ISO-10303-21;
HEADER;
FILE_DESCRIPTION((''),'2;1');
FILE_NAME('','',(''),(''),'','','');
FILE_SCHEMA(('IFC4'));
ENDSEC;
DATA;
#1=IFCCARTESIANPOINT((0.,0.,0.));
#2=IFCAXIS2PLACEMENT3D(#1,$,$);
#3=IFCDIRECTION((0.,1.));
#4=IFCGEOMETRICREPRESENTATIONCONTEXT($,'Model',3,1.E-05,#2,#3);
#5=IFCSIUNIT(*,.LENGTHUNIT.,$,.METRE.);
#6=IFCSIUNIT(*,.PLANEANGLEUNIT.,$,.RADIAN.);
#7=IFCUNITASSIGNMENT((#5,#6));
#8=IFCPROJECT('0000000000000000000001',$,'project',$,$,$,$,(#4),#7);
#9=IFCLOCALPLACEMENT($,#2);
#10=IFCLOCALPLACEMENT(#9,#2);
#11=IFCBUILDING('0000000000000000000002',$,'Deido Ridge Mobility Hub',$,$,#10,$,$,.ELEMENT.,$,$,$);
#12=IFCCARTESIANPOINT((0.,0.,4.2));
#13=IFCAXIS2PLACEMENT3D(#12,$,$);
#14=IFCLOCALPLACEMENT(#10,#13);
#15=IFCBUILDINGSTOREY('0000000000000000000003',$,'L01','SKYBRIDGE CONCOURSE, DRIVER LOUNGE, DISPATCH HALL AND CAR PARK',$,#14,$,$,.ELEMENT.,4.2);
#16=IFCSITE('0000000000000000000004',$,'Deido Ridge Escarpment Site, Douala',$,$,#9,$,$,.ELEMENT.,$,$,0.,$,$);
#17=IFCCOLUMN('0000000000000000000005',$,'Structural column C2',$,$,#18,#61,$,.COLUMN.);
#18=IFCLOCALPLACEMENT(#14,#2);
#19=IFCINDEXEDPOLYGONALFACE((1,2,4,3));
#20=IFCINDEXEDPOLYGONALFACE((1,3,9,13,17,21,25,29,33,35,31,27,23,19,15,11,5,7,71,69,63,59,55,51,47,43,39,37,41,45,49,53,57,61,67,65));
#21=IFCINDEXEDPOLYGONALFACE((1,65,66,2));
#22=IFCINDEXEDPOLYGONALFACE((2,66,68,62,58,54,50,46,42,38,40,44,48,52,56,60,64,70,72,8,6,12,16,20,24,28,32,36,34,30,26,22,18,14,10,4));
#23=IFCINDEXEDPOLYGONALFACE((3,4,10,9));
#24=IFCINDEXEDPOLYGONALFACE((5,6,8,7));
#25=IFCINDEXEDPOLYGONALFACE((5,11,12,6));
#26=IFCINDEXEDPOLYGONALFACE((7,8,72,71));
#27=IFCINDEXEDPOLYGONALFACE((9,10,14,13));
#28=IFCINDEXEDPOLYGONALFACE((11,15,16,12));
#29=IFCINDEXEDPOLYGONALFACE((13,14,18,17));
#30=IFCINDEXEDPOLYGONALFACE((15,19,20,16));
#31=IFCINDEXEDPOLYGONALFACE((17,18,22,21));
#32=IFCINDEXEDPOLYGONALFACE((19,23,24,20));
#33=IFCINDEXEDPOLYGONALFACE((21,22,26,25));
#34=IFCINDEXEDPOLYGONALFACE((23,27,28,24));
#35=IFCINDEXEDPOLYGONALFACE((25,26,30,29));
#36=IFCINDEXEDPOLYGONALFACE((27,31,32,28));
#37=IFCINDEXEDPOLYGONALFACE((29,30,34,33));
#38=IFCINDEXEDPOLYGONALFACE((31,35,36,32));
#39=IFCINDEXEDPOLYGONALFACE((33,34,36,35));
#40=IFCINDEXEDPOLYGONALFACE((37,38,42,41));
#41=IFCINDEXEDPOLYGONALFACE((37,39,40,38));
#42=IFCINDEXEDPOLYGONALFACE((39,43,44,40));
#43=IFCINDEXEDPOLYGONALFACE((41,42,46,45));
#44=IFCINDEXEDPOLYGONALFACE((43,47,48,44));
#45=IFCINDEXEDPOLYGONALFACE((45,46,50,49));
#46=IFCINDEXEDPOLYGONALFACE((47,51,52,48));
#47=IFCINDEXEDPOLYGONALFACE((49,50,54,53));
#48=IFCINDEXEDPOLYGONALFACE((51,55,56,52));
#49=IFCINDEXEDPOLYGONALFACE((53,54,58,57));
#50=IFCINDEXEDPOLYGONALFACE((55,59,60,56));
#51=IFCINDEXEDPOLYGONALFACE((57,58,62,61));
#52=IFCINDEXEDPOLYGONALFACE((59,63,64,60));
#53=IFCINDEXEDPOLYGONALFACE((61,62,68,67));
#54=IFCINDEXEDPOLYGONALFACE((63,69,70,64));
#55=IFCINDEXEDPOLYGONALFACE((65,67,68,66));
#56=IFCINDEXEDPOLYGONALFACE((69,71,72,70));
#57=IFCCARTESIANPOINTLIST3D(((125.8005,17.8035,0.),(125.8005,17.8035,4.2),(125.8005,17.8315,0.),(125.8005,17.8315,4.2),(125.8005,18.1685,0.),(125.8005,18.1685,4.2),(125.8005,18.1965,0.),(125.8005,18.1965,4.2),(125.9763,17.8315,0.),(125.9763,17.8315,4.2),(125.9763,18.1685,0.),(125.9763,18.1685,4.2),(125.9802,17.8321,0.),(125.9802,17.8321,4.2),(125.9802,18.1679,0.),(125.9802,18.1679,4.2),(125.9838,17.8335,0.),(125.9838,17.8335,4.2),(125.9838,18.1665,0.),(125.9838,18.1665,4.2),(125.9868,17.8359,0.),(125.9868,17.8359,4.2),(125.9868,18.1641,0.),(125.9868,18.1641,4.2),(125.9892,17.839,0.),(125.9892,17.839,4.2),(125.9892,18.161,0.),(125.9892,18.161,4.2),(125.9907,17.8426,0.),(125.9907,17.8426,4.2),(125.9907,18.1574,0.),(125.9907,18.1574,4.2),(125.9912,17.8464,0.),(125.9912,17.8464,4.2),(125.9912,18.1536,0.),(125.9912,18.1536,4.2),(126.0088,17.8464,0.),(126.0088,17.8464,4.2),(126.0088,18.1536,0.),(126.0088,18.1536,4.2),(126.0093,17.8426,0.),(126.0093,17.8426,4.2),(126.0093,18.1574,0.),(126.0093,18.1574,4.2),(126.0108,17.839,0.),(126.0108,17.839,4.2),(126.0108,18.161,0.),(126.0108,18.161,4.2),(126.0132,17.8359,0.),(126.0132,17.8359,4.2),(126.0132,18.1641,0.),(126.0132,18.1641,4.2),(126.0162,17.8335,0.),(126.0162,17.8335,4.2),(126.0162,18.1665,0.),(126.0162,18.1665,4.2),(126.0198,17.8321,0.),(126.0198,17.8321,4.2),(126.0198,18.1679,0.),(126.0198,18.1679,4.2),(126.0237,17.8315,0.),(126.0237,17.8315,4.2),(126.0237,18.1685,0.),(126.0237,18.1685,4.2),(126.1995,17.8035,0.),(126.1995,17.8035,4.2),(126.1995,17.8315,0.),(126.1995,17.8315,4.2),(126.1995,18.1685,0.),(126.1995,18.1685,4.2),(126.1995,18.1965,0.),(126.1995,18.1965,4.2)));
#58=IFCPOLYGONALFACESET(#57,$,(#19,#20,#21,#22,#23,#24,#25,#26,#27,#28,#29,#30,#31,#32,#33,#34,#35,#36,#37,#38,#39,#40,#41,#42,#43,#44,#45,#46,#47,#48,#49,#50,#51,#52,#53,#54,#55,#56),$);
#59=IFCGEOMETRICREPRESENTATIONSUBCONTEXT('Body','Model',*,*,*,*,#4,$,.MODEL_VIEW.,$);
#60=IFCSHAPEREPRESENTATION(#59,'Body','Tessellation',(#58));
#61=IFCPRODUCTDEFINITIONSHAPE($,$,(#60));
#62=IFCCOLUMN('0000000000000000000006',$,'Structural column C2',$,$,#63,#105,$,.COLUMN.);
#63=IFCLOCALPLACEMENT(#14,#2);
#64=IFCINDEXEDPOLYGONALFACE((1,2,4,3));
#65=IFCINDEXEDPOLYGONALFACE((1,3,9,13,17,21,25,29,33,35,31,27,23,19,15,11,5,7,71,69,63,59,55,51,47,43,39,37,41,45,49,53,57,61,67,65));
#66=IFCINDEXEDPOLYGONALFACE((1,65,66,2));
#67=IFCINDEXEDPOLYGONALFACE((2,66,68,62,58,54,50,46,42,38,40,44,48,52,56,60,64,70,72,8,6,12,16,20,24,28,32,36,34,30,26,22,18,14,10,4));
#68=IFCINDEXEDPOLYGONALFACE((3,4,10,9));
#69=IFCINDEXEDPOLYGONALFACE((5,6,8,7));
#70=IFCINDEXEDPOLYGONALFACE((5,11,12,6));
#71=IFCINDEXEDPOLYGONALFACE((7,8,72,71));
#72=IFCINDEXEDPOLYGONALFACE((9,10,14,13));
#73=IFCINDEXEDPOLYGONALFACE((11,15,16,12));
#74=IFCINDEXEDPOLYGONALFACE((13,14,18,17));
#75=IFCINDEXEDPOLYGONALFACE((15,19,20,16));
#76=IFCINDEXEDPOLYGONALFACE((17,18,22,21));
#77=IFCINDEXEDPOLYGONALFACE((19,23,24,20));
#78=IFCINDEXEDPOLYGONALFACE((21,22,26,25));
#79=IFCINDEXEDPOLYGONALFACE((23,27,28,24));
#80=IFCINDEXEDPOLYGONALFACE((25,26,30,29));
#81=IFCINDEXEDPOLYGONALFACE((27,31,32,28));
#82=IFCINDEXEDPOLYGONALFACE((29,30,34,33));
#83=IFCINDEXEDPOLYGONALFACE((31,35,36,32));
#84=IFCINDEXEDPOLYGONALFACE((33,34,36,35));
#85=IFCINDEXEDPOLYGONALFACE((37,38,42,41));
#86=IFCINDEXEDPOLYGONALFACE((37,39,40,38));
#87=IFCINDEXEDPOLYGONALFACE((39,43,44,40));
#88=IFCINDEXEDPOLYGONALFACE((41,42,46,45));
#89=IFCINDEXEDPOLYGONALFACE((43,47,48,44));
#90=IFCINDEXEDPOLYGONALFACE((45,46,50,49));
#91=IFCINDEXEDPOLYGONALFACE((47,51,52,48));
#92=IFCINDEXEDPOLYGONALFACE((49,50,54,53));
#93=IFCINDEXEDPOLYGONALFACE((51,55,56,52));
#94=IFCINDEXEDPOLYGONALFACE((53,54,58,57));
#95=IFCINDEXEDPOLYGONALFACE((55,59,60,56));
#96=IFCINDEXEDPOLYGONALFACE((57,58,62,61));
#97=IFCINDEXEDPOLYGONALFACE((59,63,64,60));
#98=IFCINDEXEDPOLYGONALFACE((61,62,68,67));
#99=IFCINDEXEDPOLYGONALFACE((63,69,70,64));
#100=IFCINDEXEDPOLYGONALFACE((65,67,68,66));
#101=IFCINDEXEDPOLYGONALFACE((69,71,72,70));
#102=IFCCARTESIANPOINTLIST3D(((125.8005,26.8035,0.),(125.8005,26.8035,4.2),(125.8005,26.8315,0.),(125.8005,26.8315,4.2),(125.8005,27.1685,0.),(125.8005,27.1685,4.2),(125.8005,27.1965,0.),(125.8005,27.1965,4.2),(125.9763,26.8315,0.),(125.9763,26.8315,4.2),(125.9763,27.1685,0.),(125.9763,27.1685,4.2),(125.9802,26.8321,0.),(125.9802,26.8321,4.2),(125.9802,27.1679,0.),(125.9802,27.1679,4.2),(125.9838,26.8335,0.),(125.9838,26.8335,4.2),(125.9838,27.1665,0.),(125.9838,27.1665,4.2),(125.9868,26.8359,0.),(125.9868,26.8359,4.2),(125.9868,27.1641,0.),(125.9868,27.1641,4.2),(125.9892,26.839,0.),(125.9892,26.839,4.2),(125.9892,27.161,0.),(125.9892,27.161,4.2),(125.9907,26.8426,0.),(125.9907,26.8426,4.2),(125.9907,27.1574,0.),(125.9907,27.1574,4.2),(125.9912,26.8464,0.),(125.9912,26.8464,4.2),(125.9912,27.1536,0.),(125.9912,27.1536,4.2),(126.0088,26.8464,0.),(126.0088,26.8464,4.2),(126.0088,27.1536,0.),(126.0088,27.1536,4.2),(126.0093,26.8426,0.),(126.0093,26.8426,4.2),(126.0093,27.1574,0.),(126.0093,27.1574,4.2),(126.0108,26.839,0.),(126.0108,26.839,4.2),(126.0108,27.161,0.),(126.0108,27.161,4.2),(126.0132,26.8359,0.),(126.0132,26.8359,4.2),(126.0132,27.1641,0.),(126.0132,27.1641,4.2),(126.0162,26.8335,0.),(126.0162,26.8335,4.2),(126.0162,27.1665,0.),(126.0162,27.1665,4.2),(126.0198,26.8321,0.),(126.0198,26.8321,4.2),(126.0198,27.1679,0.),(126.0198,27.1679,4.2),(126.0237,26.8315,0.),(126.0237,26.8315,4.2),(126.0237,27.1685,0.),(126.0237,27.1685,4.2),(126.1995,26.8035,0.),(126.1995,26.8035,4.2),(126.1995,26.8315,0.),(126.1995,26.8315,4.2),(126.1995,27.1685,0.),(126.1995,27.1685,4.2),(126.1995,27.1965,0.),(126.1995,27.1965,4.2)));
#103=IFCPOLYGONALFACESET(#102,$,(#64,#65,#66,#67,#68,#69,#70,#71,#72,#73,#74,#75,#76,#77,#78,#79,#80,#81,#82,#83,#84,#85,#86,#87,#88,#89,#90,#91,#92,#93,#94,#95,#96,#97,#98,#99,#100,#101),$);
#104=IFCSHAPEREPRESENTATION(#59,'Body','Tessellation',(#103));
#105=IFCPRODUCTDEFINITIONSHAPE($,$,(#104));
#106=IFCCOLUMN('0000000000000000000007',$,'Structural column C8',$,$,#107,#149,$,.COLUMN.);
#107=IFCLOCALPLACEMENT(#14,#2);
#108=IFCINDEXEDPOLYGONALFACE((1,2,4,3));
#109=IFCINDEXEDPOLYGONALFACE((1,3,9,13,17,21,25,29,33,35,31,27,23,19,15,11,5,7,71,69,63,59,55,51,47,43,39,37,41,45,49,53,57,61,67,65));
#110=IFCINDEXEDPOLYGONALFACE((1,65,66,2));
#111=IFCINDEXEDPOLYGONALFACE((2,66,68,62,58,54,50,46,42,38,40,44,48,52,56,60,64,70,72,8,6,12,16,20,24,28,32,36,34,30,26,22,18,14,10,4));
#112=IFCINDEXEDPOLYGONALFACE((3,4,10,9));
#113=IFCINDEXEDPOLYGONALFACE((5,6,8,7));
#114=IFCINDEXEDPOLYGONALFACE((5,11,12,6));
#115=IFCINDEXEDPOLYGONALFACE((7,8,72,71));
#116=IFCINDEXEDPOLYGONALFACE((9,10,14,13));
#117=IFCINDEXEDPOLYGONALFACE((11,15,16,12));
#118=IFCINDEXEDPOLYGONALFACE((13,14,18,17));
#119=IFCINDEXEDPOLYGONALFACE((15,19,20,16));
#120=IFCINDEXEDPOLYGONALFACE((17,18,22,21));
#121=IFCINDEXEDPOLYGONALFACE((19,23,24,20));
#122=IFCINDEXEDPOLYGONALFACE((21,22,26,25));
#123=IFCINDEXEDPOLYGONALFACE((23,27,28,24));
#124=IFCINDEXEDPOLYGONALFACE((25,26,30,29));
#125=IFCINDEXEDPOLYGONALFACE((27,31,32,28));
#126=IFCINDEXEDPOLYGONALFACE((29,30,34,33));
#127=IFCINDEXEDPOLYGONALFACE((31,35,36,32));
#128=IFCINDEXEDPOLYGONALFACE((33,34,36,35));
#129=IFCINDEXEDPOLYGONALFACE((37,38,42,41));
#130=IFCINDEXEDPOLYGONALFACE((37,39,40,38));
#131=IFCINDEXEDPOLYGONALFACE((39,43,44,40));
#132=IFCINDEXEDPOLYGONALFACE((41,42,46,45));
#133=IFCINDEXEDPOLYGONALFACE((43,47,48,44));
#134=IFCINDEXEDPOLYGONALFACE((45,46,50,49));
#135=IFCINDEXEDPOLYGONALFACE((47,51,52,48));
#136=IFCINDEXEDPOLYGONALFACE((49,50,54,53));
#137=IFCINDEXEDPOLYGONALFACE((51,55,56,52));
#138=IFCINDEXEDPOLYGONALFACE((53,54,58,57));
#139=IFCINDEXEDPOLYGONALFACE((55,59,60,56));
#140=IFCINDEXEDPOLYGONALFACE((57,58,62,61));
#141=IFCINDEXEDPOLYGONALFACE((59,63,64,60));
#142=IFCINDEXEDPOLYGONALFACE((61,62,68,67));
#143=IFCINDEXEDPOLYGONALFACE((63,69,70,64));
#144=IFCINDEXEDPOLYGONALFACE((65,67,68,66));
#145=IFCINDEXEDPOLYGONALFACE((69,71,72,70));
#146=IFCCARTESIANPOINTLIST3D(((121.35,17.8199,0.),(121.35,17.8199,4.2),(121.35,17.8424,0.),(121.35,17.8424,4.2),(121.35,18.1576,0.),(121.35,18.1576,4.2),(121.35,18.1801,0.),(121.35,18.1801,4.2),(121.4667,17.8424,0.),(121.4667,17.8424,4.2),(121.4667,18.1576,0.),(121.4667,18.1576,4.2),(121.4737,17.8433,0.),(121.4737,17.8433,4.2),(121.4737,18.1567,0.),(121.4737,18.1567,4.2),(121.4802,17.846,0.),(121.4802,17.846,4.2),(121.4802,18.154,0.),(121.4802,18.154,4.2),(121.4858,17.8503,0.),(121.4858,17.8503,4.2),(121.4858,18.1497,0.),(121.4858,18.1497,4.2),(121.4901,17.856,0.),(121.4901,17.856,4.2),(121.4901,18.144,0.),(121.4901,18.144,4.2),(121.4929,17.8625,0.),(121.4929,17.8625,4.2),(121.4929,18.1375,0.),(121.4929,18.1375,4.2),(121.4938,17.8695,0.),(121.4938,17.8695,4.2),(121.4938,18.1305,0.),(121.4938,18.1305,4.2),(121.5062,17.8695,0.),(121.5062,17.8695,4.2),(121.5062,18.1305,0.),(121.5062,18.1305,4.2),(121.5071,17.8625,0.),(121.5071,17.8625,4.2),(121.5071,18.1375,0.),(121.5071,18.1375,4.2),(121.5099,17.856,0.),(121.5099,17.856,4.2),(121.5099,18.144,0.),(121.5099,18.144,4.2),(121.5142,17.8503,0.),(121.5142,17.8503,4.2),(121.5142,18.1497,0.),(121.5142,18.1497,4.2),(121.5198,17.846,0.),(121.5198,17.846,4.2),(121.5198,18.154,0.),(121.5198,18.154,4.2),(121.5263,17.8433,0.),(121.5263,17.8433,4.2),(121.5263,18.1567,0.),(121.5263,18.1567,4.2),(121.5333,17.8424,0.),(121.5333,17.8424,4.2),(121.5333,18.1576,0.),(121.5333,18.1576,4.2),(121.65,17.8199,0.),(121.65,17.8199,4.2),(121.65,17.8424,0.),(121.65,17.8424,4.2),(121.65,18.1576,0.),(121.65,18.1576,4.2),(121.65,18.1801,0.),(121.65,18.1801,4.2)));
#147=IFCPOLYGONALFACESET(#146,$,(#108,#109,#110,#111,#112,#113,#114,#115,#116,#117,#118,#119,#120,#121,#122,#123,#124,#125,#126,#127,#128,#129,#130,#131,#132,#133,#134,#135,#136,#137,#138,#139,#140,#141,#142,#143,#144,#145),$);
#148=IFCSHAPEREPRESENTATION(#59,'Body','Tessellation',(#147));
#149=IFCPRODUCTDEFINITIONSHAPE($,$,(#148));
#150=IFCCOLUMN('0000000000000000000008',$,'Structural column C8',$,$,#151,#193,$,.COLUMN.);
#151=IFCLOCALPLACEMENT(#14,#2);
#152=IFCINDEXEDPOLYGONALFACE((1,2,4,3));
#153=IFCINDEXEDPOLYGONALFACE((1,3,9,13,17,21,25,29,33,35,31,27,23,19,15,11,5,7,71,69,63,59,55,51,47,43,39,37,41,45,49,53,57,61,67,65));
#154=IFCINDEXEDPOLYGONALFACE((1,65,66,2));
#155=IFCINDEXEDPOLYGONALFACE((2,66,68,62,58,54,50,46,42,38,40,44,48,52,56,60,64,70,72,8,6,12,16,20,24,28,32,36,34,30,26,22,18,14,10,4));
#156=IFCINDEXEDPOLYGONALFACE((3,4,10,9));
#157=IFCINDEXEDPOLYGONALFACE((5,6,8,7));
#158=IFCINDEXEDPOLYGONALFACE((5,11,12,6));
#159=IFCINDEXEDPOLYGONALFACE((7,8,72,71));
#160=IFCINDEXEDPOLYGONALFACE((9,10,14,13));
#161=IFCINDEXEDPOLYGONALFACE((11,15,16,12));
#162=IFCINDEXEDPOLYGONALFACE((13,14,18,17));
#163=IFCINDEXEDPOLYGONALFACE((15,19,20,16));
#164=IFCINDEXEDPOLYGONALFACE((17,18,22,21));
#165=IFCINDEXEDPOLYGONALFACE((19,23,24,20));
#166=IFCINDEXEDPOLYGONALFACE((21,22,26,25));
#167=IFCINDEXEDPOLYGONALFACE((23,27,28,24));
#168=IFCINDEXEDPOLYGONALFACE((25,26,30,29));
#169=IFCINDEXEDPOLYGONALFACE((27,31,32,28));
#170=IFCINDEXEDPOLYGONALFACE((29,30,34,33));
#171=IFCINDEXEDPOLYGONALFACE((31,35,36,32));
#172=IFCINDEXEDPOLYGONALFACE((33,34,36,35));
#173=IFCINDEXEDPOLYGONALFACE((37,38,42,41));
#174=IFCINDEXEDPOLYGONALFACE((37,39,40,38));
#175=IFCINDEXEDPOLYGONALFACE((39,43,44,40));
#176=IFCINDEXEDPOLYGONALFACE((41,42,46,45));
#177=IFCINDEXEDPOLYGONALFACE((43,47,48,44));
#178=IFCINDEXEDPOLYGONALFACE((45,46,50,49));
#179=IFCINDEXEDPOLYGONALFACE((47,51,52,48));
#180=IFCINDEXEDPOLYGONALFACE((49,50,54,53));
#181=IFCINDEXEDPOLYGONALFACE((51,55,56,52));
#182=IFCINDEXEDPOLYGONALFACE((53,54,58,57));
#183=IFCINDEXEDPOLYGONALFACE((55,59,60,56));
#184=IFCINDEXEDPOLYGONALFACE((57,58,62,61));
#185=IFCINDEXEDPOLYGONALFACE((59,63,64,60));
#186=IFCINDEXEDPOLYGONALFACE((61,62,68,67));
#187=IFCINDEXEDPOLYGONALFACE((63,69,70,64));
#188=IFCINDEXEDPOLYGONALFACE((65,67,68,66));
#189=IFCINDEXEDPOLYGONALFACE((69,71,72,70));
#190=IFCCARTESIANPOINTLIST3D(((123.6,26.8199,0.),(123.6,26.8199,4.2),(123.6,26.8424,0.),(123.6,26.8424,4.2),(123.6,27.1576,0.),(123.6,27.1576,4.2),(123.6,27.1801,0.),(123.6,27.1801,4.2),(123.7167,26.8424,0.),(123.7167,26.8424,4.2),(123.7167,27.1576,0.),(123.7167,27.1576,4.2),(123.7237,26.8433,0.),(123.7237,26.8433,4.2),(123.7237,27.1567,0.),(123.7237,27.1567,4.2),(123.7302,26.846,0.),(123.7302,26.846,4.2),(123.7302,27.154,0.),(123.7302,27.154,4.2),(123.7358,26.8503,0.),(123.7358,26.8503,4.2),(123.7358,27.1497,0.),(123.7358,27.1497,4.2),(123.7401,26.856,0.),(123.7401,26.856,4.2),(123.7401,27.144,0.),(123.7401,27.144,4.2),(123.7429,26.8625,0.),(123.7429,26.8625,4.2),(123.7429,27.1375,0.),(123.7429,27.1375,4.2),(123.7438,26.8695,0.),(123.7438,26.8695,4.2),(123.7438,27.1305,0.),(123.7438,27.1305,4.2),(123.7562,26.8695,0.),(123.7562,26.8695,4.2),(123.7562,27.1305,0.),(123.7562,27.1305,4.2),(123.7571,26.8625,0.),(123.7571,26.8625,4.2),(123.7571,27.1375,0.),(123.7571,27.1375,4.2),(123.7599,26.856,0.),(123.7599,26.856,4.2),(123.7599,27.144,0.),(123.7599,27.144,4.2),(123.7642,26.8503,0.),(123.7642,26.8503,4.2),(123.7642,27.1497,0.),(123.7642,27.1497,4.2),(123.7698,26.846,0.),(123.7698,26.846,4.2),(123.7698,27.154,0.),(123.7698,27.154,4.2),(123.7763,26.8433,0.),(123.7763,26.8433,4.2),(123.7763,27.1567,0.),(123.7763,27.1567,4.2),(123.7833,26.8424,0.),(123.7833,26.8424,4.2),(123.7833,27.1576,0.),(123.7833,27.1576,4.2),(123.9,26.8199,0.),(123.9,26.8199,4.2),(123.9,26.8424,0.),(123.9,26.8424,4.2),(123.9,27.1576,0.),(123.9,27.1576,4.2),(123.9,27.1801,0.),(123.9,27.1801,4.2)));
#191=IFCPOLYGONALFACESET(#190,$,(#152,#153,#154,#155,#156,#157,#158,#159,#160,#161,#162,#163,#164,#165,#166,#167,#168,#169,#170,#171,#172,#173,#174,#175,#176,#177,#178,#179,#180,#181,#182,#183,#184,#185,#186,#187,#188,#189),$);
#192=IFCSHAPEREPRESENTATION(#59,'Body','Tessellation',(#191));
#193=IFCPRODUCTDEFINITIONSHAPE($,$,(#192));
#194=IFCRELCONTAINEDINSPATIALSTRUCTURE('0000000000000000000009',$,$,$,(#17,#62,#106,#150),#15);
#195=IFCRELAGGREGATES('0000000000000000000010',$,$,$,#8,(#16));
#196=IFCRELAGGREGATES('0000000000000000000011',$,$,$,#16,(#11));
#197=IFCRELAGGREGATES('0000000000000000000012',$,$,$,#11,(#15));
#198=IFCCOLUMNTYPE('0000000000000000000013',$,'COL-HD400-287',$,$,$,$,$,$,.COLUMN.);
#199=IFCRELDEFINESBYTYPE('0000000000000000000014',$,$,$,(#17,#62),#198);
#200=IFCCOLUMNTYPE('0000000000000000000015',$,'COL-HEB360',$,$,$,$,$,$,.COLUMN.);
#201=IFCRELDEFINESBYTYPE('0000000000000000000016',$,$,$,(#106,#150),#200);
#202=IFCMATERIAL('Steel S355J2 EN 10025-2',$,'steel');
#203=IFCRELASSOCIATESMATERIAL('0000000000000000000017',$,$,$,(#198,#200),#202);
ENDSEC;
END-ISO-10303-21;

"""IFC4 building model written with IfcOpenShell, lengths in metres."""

from ifc_helpers import new_model, si_unit, direction, frame, origin, origin_2d, place, context, subcontext, project, spatial, i_section, extrude, material, material_profile, profile_set, type_object, element, save


model = new_model("IFC4")

# Units and contexts
model_context = context("Model", 3, precision=1e-05, world=origin(), true_north=direction((0.0, 1.0)))
body_context = subcontext(model_context, "Body", "Model", "MODEL_VIEW")
ifc_project = project(units=[si_unit("LENGTHUNIT", "METRE"), si_unit("PLANEANGLEUNIT", "RADIAN")], contexts=[model_context])

# Site, building, storey
site_placement = place(None, origin())
site = spatial("IfcSite", under=ifc_project, at=site_placement, Name="Deido Ridge Escarpment Site, Douala", CompositionType="ELEMENT", RefElevation=0.0)
building_placement = place(site_placement, origin())
building = spatial("IfcBuilding", under=site, at=building_placement, Name="Deido Ridge Mobility Hub", CompositionType="ELEMENT")
storey_placement = place(building_placement, frame((0.0, 0.0, 4.2)))
storey = spatial("IfcBuildingStorey", under=building, at=storey_placement, Name="L01", Description="SKYBRIDGE CONCOURSE, DRIVER LOUNGE, DISPATCH HALL AND CAR PARK", CompositionType="ELEMENT", Elevation=4.2)

# Columns
ifc_material_1 = material(Name="Steel S355J2 EN 10025-2", Category="steel")
ifc_material_profile_1 = material_profile(ifc_material_1, i_section(OverallWidth=0.3989, OverallDepth=0.3931, WebThickness=0.0176, FlangeThickness=0.0281, FilletRadius=0.0149, at=origin_2d()), Name="HD 400x287")
ifc_profile_set_1 = profile_set([ifc_material_profile_1], Name="Steel S355J2 EN 10025-2")
column_type_1 = type_object("IfcColumnType", Name="COL-HD400-287", PredefinedType="COLUMN", material=ifc_profile_set_1)
for number, where, z_axis, x_axis, name in (
    (1, (126.0, 18.0, 0.0), (0.0, 0.0, 1.0), (1.0, 0.0, 0.0), "Structural column C2"),
    (2, (126.0, 27.0, 0.0), (0.0, 0.0, 1.0), (1.0, 0.0, 0.0), "Structural column C2"),
):
    element("IfcColumn", number, at=place(storey_placement, frame(where, z_axis=z_axis, x_axis=x_axis)), inside=storey, type_object=column_type_1, Name=name, PredefinedType="COLUMN", context=body_context, shape_type="SweptSolid", body=[
        extrude(i_section(OverallWidth=0.3989, OverallDepth=0.3931, WebThickness=0.0176, FlangeThickness=0.0281, FilletRadius=0.0149, at=origin_2d()), origin(), (0.0, 0.0, 1.0), 4.2),
    ])
ifc_material_profile_2 = material_profile(ifc_material_1, i_section(OverallWidth=0.3, OverallDepth=0.3601, WebThickness=0.0125, FlangeThickness=0.0225, FilletRadius=0.0271, at=origin_2d()), Name="HEB 360")
ifc_profile_set_2 = profile_set([ifc_material_profile_2], Name="Steel S355J2 EN 10025-2")
column_type_2 = type_object("IfcColumnType", Name="COL-HEB360", PredefinedType="COLUMN", material=ifc_profile_set_2)
for number, where, z_axis, x_axis, name in (
    (3, (121.5, 18.0, 0.0), (0.0, 0.0, 1.0), (1.0, 0.0, 0.0), "Structural column C8"),
    (4, (123.75, 27.0, 0.0), (0.0, 0.0, 1.0), (1.0, 0.0, 0.0), "Structural column C8"),
):
    element("IfcColumn", number, at=place(storey_placement, frame(where, z_axis=z_axis, x_axis=x_axis)), inside=storey, type_object=column_type_2, Name=name, PredefinedType="COLUMN", context=body_context, shape_type="SweptSolid", body=[
        extrude(i_section(OverallWidth=0.3, OverallDepth=0.3601, WebThickness=0.0125, FlangeThickness=0.0225, FilletRadius=0.0271, at=origin_2d()), origin(), (0.0, 0.0, 1.0), 4.2),
    ])

save(model, "model.ifc")
